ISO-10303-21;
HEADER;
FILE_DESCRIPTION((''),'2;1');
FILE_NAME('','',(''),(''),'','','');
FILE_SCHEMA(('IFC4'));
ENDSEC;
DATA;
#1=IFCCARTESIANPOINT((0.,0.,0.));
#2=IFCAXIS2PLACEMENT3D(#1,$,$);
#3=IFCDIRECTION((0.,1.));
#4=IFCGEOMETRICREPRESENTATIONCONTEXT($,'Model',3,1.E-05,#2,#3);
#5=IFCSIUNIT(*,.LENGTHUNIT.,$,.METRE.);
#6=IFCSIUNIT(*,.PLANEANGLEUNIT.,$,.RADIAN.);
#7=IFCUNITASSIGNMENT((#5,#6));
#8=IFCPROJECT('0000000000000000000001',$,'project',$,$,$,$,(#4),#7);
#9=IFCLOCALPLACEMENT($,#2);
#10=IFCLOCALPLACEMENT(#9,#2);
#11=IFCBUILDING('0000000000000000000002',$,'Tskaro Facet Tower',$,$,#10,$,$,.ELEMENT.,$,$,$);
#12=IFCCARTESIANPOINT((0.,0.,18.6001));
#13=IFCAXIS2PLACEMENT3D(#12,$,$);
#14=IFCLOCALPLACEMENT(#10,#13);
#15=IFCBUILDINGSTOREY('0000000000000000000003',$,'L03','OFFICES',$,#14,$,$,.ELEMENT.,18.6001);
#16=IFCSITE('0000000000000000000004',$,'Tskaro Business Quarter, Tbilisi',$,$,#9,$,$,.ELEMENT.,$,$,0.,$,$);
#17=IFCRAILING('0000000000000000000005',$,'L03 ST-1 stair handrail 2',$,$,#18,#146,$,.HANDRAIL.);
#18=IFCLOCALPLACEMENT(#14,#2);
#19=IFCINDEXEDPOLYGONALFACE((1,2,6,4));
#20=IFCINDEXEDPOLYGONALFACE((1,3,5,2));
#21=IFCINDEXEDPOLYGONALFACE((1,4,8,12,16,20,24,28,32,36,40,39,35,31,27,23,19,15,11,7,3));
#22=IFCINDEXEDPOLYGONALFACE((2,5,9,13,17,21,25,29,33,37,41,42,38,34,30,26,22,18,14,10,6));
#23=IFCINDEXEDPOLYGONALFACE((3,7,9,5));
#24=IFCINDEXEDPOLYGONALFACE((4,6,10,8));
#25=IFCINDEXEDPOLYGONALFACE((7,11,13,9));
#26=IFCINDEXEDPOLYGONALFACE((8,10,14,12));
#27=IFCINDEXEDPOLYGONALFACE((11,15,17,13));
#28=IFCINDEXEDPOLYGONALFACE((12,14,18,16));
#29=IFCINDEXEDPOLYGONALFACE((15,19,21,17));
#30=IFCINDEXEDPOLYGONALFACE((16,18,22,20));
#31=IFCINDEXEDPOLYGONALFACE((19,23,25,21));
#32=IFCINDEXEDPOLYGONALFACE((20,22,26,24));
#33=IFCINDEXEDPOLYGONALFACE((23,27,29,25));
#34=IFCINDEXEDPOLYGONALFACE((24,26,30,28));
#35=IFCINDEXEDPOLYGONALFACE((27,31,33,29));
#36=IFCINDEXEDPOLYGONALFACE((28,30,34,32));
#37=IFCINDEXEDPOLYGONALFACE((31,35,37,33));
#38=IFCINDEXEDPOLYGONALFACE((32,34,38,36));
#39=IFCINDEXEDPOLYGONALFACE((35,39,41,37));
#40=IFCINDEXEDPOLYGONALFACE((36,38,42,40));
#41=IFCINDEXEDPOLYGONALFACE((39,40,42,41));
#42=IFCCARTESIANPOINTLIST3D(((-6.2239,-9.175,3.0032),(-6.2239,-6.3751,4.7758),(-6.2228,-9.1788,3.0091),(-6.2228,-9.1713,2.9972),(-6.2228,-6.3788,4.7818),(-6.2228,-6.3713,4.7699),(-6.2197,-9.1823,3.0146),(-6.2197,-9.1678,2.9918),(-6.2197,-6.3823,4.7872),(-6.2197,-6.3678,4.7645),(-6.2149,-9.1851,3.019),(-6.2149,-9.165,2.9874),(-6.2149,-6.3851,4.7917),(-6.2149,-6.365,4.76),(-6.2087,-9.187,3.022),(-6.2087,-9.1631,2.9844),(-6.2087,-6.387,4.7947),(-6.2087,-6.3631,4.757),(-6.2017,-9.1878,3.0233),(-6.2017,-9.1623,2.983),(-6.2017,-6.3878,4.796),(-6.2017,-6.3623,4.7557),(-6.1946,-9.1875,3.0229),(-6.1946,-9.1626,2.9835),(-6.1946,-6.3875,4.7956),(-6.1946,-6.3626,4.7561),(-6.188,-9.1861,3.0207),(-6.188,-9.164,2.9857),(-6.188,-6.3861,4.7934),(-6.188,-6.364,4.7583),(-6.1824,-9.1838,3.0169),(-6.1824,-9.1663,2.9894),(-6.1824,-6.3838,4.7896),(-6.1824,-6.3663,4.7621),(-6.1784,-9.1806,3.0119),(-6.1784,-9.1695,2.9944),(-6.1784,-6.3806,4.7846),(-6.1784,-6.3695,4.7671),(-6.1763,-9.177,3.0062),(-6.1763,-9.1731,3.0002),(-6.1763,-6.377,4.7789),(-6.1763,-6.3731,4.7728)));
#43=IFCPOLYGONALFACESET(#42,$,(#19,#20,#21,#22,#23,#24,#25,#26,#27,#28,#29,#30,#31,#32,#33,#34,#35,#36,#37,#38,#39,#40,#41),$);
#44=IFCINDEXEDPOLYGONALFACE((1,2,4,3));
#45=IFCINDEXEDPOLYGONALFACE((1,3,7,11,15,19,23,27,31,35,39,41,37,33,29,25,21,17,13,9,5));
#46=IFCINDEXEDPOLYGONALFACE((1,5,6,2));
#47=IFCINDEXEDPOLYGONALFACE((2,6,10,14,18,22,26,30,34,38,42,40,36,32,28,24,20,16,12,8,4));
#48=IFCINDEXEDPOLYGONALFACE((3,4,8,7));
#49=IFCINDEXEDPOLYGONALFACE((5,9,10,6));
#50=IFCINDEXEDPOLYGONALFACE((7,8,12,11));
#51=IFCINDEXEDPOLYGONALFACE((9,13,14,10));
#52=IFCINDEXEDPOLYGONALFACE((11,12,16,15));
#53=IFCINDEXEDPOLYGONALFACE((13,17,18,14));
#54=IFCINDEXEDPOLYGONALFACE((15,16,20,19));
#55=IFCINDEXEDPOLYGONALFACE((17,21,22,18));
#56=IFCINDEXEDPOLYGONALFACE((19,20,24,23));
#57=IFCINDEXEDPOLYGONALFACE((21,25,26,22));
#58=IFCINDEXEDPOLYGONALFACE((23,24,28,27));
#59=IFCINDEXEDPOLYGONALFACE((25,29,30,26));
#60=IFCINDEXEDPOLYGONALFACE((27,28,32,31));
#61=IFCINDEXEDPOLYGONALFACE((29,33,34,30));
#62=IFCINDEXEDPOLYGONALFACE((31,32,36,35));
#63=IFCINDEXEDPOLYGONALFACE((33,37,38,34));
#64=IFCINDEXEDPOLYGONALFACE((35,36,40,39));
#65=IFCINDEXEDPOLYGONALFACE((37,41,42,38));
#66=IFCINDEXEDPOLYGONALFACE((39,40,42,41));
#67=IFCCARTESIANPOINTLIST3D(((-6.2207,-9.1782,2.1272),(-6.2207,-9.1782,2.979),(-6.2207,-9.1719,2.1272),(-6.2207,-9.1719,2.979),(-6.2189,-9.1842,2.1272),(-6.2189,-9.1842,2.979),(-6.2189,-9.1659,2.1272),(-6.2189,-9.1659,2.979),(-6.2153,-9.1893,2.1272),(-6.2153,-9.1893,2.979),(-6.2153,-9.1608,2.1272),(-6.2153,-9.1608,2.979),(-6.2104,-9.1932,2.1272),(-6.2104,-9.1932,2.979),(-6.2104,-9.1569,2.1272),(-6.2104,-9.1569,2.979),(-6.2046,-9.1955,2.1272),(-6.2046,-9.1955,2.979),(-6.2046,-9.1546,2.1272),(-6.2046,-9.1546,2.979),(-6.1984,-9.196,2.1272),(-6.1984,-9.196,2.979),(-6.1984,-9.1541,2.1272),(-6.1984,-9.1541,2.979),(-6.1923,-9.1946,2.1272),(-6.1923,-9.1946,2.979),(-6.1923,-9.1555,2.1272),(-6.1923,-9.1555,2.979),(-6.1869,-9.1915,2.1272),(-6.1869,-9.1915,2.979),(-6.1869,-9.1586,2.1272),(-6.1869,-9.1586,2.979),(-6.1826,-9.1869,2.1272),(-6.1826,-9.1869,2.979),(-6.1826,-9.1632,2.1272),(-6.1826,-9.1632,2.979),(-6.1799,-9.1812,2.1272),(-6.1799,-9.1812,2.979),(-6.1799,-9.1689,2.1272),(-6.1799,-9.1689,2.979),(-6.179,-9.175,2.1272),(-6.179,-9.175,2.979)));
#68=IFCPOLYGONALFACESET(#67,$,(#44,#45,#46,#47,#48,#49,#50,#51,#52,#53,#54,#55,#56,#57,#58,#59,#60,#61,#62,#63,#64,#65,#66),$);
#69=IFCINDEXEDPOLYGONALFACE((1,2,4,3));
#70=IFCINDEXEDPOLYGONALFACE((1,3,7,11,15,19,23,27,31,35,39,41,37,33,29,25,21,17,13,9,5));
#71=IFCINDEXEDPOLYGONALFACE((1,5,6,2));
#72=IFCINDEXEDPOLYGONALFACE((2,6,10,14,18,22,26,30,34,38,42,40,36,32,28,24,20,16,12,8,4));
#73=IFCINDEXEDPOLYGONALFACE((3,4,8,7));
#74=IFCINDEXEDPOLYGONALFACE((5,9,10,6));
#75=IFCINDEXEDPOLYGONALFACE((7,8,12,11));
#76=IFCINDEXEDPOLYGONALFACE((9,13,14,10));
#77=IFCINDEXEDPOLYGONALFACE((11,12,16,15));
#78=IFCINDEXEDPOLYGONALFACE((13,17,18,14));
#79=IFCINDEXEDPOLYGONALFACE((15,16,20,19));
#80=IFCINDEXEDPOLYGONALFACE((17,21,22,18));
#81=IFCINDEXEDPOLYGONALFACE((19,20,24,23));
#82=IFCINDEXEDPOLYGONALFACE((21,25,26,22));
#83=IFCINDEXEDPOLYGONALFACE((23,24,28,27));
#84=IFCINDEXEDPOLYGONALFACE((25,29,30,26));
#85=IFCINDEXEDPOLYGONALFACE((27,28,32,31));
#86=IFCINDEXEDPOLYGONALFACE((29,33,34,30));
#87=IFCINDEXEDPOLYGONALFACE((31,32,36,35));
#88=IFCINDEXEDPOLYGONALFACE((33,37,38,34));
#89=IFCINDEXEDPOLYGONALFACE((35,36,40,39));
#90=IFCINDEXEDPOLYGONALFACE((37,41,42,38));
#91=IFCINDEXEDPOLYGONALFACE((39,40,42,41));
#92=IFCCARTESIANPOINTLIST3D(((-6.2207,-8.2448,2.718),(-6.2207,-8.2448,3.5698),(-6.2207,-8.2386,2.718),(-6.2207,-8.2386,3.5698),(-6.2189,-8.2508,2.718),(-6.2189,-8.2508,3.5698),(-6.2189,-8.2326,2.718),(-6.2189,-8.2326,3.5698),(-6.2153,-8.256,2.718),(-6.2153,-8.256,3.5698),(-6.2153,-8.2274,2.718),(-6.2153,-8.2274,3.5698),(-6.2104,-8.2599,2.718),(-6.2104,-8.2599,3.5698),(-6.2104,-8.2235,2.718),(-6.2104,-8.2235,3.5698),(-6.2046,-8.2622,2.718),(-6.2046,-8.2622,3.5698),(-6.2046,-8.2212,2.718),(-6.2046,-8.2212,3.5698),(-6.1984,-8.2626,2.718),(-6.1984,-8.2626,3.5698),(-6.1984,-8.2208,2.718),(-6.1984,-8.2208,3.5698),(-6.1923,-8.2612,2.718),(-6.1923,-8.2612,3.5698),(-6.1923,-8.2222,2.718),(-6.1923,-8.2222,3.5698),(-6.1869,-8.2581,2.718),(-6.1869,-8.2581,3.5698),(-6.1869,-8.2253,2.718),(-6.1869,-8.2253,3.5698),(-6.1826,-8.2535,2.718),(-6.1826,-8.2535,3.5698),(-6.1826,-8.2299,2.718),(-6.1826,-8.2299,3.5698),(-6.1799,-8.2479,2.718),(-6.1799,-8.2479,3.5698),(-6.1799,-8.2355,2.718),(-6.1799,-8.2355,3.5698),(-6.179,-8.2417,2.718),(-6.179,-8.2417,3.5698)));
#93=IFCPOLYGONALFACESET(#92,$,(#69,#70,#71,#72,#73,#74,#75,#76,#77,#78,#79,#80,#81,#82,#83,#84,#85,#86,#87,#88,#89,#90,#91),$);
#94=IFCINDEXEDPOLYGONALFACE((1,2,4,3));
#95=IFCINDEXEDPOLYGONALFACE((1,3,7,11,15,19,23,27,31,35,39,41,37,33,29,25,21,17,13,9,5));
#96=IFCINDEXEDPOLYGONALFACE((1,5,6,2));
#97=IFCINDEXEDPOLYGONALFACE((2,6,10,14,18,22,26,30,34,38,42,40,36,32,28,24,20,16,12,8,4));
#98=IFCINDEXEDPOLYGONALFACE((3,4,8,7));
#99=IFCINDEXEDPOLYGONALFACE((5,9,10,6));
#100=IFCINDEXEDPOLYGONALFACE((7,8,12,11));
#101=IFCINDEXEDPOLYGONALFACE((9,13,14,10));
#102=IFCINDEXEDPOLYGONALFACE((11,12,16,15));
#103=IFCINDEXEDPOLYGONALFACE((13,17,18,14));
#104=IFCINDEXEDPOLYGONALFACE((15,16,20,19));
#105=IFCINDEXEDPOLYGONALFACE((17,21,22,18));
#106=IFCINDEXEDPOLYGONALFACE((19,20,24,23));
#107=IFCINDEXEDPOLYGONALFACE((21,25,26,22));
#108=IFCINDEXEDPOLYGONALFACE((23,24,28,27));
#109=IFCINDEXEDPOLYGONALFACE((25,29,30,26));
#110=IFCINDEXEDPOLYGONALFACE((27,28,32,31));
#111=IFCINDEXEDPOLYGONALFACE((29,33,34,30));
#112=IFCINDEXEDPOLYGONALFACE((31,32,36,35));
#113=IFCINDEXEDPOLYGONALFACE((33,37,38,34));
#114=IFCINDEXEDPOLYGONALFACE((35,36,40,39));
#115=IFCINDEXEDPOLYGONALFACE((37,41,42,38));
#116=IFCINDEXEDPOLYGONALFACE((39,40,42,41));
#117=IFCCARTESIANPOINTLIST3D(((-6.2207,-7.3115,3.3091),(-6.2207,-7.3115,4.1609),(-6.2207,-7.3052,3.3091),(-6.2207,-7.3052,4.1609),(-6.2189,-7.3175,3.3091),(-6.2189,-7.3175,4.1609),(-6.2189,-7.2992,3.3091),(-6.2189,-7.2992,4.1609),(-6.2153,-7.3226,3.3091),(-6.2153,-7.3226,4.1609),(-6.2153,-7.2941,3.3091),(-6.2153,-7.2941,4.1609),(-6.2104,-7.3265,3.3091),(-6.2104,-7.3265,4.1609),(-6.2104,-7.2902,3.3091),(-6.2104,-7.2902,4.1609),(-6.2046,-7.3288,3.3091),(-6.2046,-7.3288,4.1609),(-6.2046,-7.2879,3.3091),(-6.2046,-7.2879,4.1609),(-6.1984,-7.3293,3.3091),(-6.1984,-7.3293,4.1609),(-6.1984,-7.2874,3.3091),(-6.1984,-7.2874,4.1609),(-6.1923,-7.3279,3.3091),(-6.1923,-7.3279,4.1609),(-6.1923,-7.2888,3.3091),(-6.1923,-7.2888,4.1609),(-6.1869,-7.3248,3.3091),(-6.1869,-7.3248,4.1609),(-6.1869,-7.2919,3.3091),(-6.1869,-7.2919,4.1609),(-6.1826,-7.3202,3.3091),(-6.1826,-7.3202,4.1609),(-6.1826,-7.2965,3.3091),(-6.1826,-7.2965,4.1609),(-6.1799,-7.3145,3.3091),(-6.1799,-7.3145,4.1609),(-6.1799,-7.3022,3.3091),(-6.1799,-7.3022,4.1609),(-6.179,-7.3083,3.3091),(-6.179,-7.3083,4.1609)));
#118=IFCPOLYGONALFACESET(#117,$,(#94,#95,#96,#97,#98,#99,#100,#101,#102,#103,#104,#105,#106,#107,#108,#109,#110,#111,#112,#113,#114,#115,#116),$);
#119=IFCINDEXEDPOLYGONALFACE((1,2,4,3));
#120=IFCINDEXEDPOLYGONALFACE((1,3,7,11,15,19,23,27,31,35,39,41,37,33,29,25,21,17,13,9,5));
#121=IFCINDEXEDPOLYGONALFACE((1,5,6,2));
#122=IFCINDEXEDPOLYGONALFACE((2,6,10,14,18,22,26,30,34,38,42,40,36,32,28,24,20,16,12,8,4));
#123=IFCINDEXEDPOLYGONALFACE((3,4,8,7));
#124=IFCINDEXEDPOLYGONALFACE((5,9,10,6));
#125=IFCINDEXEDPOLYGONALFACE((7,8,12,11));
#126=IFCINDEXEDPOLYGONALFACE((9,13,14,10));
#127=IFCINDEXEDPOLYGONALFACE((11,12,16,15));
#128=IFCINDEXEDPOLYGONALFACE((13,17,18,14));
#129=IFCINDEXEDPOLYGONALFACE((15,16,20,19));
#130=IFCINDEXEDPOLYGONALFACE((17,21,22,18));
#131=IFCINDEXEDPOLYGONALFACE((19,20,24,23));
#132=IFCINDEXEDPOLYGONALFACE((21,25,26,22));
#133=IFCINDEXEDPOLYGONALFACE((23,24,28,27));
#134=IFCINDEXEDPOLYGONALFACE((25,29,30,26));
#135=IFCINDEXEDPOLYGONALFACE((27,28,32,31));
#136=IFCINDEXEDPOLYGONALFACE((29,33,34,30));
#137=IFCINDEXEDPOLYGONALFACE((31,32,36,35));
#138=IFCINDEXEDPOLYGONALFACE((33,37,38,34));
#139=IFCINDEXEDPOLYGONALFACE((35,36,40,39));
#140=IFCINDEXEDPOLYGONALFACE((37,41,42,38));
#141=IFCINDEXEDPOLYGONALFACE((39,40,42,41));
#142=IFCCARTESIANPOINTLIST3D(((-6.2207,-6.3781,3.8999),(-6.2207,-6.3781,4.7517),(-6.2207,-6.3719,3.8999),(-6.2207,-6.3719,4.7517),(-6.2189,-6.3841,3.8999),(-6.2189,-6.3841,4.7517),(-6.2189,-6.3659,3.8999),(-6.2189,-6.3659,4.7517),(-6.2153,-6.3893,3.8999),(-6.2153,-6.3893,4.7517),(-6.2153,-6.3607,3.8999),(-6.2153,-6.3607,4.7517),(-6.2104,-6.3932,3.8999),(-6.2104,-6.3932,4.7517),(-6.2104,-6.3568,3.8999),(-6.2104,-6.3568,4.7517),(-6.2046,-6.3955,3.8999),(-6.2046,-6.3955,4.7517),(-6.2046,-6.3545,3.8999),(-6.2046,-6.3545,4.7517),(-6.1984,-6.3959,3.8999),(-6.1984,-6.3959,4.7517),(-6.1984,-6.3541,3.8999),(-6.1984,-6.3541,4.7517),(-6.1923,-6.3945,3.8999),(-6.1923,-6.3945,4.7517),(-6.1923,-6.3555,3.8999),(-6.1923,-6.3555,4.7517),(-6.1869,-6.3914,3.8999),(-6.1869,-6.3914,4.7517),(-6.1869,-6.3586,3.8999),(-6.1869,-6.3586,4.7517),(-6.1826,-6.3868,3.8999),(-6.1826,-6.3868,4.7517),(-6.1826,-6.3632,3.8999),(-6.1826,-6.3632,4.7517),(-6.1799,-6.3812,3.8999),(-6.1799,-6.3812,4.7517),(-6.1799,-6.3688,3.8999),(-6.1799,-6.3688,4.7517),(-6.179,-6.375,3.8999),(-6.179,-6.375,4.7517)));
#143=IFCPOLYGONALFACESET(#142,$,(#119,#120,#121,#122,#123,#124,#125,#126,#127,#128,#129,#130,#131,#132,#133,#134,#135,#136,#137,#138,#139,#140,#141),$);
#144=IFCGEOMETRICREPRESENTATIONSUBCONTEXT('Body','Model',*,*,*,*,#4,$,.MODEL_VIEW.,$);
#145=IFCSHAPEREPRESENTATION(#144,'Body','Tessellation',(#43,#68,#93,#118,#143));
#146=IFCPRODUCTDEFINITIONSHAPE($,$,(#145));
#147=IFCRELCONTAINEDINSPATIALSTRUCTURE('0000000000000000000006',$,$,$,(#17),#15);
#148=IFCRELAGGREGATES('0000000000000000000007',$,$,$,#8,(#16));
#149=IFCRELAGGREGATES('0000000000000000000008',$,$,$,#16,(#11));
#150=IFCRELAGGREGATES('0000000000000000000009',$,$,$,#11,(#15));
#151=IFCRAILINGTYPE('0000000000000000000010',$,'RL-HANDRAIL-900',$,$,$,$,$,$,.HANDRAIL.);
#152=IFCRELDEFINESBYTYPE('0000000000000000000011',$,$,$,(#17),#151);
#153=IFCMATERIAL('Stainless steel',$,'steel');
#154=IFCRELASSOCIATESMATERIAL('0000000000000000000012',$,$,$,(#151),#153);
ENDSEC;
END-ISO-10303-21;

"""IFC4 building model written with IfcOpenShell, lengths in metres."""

from ifc_helpers import new_model, si_unit, direction, frame, origin, origin_2d, place, context, subcontext, project, spatial, circle, extrude, material, type_object, element, save


model = new_model("IFC4")

# Units and contexts
model_context = context("Model", 3, precision=1e-05, world=origin(), true_north=direction((0.0, 1.0)))
body_context = subcontext(model_context, "Body", "Model", "MODEL_VIEW")
ifc_project = project(units=[si_unit("LENGTHUNIT", "METRE"), si_unit("PLANEANGLEUNIT", "RADIAN")], contexts=[model_context])

# Site, building, storey
site_placement = place(None, origin())
site = spatial("IfcSite", under=ifc_project, at=site_placement, Name="Tskaro Business Quarter, Tbilisi", CompositionType="ELEMENT", RefElevation=0.0)
building_placement = place(site_placement, origin())
building = spatial("IfcBuilding", under=site, at=building_placement, Name="Tskaro Facet Tower", CompositionType="ELEMENT")
storey_placement = place(building_placement, frame((0.0, 0.0, 18.6001)))
storey = spatial("IfcBuildingStorey", under=building, at=storey_placement, Name="L03", Description="OFFICES", CompositionType="ELEMENT", Elevation=18.6001)

# Shared definitions
ifc_material_1 = material(Name="Stainless steel", Category="steel")

# Railing
railing_type_1 = type_object("IfcRailingType", Name="RL-HANDRAIL-900", PredefinedType="HANDRAIL", material=ifc_material_1)
railing_1_placement = place(storey_placement, frame((-6.2, -9.175, 2.1272)))
element("IfcRailing", 1, at=railing_1_placement, inside=storey, type_object=railing_type_1, Name="L03 ST-1 stair handrail 2", PredefinedType="HANDRAIL", context=body_context, shape_type="SweptSolid", body=[
    extrude(circle(Radius=0.0239, at=origin_2d()), frame((0.0, 0.0, 0.876), z_axis=(0.0, 0.844909, 0.53491), x_axis=(-1.0, 0.0, 0.0)), (0.0, 0.0, 1.0), 3.314),
    extrude(circle(Radius=0.021, at=origin_2d()), origin(), (0.0, 0.0, 1.0), 0.8518),
    extrude(circle(Radius=0.021, at=origin_2d()), frame((0.0, 0.9333, 0.5908)), (0.0, 0.0, 1.0), 0.8518),
    extrude(circle(Radius=0.021, at=origin_2d()), frame((0.0, 1.8667, 1.1819)), (0.0, 0.0, 1.0), 0.8518),
    extrude(circle(Radius=0.021, at=origin_2d()), frame((0.0, 2.8, 1.7727)), (0.0, 0.0, 1.0), 0.8518),
])

save(model, "model.ifc")
